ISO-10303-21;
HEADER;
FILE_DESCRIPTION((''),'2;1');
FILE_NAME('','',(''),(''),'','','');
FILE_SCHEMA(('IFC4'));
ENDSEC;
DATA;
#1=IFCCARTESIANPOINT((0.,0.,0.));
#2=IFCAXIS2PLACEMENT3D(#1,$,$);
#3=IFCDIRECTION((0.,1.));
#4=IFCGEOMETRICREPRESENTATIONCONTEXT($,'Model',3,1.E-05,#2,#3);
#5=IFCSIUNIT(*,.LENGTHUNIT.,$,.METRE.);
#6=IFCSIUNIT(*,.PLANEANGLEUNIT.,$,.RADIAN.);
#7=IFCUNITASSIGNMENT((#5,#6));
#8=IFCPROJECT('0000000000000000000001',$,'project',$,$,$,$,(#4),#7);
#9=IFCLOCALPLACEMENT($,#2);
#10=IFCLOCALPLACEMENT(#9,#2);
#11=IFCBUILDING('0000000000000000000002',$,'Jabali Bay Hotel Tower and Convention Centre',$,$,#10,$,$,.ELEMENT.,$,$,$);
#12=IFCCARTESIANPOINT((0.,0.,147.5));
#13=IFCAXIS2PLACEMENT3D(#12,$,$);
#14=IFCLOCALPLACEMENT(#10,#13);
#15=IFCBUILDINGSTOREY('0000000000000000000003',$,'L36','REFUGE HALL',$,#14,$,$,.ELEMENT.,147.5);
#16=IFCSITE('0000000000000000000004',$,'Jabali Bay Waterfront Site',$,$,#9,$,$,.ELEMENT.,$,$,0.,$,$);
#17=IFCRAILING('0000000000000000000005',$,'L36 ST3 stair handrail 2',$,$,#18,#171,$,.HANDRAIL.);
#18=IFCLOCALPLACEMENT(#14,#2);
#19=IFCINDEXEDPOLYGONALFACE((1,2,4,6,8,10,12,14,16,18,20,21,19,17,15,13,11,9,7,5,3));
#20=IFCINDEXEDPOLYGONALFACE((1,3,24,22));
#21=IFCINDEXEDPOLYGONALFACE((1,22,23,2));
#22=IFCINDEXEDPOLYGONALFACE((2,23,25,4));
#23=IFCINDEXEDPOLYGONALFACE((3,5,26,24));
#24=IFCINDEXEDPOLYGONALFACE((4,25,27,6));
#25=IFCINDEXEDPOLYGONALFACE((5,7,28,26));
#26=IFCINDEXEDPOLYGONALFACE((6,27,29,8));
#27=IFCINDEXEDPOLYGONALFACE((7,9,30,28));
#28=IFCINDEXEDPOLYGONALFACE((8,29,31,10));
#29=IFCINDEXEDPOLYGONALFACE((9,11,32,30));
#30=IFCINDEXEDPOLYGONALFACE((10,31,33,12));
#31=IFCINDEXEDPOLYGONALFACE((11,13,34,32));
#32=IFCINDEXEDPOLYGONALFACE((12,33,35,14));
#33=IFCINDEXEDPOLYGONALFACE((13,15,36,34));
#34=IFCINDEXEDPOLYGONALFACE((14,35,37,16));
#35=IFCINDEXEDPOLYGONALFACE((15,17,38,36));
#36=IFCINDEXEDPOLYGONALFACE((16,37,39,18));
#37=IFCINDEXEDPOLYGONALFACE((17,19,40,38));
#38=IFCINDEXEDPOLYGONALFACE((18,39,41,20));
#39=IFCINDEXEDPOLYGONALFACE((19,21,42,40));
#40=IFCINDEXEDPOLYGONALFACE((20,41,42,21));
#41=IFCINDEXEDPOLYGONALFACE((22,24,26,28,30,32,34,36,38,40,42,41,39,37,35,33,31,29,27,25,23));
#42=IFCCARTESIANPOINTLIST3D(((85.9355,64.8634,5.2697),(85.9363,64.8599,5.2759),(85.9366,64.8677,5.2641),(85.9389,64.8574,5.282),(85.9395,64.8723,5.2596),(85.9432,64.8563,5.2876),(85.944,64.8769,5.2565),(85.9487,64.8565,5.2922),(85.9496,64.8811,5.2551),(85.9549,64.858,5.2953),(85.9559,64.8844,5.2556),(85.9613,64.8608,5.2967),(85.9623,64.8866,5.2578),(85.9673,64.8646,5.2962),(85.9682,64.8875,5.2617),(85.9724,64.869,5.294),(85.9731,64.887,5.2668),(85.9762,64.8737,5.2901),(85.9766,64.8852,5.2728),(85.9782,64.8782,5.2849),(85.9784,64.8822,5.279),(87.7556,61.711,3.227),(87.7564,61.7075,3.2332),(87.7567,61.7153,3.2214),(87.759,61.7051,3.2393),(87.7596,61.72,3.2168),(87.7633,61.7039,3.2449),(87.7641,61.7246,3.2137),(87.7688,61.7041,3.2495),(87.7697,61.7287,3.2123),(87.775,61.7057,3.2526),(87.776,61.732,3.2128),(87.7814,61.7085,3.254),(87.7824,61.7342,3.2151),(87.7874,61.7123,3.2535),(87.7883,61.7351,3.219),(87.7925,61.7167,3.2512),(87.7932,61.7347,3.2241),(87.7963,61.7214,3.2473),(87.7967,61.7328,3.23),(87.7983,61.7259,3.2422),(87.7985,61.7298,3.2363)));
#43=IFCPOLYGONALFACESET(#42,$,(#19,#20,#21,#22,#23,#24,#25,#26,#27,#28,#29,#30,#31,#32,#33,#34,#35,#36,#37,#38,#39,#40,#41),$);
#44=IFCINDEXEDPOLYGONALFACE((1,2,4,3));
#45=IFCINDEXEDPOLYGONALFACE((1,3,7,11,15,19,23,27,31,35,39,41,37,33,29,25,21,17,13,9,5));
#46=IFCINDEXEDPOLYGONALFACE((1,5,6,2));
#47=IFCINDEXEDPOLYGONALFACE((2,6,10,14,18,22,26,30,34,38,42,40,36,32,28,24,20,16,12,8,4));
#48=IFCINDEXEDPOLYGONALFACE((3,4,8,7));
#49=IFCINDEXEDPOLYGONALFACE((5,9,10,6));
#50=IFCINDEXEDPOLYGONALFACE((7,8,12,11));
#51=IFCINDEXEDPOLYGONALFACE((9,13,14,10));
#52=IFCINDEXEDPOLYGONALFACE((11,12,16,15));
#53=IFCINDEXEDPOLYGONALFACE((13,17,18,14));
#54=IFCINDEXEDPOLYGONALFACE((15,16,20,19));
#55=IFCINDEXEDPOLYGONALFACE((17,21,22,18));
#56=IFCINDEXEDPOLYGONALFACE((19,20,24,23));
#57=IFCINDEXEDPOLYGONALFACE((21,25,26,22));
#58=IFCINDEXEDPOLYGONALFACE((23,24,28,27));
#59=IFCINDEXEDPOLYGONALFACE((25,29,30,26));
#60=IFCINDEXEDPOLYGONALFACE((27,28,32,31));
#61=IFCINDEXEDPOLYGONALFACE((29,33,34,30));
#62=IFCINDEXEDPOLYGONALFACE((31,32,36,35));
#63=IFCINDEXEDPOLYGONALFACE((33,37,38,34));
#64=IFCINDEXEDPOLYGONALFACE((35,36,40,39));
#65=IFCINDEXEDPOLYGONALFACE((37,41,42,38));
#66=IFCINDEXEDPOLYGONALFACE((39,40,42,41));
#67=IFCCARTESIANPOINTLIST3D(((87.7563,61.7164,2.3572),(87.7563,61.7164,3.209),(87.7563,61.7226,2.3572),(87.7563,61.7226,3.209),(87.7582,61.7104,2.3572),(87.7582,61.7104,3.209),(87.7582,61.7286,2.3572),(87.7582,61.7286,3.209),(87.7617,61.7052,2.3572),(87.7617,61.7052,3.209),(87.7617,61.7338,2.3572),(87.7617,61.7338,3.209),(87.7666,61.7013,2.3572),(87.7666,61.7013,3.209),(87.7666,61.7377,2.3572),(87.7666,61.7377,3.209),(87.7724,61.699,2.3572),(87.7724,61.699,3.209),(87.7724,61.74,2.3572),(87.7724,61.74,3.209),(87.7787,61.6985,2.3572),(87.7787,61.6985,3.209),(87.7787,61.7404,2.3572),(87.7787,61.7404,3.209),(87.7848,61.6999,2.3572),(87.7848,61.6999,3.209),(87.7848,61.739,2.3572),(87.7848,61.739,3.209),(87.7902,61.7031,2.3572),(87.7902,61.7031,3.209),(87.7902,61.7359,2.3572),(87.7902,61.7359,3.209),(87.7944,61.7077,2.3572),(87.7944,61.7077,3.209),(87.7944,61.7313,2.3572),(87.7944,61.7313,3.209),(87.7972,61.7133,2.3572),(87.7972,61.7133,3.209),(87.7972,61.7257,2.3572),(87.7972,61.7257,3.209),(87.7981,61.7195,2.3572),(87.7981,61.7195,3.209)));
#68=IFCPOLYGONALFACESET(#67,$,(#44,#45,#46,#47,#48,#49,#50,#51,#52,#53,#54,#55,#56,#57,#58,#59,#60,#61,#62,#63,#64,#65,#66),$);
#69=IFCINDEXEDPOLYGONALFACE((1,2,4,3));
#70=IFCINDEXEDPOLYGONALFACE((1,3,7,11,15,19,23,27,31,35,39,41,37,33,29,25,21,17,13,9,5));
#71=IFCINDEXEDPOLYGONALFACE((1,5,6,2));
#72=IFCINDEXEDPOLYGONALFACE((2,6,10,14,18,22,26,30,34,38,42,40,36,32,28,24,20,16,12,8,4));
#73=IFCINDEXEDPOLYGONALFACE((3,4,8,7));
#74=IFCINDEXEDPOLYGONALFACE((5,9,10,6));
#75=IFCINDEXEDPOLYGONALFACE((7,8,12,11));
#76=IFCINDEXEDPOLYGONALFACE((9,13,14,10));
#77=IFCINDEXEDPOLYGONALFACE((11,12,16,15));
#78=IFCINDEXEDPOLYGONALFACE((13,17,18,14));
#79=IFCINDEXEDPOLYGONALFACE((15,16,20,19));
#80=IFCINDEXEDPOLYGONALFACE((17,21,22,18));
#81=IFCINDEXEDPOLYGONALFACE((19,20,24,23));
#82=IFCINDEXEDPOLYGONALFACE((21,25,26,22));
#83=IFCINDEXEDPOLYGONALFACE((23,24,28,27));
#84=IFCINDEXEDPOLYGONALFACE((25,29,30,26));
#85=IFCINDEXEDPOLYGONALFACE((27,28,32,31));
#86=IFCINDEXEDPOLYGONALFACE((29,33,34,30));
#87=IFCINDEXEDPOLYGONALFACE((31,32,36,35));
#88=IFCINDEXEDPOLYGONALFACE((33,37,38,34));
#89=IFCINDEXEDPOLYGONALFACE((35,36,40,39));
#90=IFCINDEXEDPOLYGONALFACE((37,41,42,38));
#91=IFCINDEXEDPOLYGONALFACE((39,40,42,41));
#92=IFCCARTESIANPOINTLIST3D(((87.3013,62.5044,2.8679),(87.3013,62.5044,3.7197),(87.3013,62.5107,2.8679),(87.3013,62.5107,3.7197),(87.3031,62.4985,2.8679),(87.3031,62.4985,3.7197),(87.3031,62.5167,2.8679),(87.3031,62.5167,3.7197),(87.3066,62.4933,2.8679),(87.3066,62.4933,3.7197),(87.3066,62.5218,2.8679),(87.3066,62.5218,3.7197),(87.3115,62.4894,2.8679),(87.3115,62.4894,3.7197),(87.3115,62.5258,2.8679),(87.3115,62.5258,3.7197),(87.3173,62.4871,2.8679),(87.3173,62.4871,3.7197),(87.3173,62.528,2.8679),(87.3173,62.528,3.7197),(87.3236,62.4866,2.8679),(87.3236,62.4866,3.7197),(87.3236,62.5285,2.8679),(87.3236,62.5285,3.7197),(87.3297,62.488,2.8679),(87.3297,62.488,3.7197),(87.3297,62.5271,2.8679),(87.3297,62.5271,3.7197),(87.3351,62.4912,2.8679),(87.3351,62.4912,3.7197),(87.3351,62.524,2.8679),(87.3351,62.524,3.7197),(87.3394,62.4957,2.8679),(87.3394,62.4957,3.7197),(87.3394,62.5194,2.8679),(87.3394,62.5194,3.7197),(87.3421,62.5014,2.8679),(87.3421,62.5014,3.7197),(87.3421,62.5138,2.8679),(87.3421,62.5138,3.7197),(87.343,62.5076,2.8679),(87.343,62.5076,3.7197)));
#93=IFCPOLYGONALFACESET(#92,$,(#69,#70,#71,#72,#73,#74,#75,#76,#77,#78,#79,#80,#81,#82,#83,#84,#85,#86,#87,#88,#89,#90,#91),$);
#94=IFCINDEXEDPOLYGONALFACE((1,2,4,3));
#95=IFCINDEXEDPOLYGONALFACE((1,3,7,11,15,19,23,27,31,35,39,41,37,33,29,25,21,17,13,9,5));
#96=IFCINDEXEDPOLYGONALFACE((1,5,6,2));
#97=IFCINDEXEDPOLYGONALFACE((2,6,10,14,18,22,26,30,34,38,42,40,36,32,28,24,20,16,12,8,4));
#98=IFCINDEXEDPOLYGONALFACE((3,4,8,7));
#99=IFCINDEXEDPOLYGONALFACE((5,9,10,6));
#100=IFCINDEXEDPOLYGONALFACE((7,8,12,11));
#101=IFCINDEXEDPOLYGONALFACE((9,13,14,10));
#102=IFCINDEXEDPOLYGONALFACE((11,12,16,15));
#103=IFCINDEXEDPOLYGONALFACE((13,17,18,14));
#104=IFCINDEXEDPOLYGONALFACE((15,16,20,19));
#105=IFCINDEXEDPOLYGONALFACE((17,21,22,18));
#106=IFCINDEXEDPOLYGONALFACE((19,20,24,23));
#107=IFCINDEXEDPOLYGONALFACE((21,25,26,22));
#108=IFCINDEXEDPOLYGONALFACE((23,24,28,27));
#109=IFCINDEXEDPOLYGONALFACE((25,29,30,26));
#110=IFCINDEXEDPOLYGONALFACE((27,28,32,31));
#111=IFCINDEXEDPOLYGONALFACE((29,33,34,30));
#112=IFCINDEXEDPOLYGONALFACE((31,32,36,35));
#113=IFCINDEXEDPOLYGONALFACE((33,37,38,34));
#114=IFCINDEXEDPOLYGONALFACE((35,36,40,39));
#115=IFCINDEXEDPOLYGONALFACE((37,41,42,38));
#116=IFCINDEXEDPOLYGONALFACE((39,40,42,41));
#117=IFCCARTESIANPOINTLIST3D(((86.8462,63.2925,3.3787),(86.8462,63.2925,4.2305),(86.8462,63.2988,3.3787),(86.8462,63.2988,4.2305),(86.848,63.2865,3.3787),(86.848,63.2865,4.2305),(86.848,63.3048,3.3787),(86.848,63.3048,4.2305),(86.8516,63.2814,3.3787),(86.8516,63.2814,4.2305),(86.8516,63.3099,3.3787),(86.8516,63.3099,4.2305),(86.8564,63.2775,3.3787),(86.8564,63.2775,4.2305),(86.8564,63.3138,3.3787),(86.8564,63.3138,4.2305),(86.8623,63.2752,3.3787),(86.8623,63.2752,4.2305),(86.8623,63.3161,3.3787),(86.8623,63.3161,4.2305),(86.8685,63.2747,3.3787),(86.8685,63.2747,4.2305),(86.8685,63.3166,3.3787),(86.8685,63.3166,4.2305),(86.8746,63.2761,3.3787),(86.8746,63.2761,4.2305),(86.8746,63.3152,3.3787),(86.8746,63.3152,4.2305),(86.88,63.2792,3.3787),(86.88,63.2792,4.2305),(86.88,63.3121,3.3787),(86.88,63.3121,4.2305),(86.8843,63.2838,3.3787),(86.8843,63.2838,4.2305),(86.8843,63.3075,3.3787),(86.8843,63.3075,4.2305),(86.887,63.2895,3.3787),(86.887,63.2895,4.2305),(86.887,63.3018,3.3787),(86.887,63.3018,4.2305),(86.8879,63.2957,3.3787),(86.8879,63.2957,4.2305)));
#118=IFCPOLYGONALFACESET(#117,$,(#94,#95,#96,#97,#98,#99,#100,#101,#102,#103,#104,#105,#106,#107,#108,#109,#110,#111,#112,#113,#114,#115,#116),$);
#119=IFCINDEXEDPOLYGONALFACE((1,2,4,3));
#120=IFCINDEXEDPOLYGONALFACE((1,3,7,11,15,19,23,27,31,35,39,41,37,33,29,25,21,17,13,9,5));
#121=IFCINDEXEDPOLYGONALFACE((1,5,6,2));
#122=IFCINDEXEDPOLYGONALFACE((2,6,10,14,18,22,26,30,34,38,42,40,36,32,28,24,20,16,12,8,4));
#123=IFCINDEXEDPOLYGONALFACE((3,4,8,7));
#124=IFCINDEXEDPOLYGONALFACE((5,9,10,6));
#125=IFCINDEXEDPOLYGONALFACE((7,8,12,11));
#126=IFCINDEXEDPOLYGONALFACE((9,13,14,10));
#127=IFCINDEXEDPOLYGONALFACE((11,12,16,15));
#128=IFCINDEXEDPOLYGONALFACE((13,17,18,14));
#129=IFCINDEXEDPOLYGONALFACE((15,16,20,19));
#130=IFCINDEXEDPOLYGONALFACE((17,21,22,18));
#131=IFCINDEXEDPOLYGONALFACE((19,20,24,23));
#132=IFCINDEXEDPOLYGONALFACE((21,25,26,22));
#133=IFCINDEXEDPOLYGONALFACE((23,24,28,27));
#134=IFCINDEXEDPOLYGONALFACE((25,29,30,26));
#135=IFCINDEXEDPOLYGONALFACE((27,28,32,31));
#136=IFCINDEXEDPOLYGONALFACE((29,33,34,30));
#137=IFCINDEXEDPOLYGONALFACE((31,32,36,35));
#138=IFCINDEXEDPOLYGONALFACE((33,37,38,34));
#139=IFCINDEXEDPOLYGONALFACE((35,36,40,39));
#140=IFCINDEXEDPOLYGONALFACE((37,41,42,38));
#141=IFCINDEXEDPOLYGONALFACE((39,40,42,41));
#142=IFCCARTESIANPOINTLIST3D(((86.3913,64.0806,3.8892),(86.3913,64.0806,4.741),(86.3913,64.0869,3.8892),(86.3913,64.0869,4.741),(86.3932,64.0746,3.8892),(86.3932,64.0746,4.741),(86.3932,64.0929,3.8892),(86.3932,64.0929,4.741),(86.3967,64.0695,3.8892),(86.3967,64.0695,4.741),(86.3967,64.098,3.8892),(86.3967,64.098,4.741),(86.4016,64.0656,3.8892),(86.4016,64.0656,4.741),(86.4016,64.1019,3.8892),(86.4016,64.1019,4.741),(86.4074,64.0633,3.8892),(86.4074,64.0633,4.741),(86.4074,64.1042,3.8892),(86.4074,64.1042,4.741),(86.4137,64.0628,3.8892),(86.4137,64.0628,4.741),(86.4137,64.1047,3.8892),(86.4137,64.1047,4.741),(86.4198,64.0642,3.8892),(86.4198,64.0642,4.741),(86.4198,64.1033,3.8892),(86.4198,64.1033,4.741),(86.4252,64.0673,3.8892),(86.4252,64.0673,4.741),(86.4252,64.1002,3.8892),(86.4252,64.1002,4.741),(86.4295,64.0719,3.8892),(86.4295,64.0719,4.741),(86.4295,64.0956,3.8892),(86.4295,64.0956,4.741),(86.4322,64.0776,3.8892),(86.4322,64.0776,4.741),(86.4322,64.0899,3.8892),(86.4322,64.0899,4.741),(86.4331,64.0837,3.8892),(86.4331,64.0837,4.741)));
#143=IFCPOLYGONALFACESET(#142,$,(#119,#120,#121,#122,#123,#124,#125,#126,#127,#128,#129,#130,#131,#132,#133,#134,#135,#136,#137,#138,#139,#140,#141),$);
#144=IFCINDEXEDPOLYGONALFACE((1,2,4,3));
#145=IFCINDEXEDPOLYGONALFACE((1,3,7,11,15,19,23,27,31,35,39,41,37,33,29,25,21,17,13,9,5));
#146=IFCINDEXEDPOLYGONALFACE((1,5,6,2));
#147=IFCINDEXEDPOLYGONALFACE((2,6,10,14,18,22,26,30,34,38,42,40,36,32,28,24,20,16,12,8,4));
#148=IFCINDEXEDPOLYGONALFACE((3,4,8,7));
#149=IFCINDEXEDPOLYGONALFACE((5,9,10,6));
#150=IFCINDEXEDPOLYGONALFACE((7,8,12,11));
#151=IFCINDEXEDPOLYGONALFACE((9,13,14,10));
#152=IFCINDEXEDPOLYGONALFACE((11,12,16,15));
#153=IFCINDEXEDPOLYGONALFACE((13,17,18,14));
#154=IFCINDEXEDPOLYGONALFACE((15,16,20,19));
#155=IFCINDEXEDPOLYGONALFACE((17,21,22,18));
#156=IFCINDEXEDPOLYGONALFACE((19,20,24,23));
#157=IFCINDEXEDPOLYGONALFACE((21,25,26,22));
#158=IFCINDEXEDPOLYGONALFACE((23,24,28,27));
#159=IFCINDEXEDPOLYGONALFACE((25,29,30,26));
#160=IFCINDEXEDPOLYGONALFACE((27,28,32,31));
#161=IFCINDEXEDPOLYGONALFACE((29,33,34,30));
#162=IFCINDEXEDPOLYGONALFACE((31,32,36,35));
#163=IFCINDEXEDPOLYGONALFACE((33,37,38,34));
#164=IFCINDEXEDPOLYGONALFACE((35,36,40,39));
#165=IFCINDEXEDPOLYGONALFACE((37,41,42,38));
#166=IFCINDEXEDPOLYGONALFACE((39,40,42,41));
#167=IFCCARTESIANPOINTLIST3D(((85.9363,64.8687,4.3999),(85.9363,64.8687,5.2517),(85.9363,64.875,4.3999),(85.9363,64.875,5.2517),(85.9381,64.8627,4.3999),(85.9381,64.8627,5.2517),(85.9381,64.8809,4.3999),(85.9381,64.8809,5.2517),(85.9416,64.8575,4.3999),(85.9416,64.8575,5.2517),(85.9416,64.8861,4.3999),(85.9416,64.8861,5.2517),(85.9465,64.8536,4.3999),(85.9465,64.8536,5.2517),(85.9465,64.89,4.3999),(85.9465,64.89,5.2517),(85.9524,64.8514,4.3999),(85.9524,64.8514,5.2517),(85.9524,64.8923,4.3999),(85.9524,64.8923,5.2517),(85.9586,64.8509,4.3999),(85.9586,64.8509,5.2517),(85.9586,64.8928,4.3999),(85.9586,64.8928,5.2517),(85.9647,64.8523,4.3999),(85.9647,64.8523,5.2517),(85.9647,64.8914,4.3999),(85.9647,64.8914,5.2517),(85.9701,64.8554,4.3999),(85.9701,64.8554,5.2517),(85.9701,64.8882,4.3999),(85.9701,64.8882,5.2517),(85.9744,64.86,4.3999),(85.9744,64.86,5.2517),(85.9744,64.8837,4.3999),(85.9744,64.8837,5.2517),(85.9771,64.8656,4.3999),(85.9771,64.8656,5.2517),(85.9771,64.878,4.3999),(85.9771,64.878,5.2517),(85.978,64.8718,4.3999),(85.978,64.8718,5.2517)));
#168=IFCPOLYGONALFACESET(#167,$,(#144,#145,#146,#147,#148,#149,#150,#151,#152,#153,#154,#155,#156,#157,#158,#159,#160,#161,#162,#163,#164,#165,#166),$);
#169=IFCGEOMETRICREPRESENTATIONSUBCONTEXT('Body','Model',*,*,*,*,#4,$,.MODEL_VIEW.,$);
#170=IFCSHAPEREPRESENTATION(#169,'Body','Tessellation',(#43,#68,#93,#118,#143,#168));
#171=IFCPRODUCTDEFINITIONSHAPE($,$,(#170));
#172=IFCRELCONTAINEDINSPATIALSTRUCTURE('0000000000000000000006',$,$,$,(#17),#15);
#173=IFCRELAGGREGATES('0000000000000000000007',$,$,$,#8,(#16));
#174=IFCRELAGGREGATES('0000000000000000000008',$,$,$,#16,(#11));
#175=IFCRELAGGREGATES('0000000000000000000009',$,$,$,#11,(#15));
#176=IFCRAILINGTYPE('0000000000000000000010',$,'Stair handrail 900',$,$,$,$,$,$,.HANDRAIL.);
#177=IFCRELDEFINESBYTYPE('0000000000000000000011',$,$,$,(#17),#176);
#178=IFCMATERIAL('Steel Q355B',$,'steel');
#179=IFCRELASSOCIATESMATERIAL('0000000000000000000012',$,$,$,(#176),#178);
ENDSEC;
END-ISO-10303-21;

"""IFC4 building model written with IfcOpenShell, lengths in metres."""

from ifc_helpers import new_model, si_unit, direction, frame, origin, origin_2d, place, context, subcontext, project, spatial, circle, extrude, material, type_object, element, save


model = new_model("IFC4")

# Units and contexts
model_context = context("Model", 3, precision=1e-05, world=origin(), true_north=direction((0.0, 1.0)))
body_context = subcontext(model_context, "Body", "Model", "MODEL_VIEW")
ifc_project = project(units=[si_unit("LENGTHUNIT", "METRE"), si_unit("PLANEANGLEUNIT", "RADIAN")], contexts=[model_context])

# Site, building, storey
site_placement = place(None, origin())
site = spatial("IfcSite", under=ifc_project, at=site_placement, Name="Jabali Bay Waterfront Site", CompositionType="ELEMENT", RefElevation=0.0)
building_placement = place(site_placement, origin())
building = spatial("IfcBuilding", under=site, at=building_placement, Name="Jabali Bay Hotel Tower and Convention Centre", CompositionType="ELEMENT")
storey_placement = place(building_placement, frame((0.0, 0.0, 147.5)))
storey = spatial("IfcBuildingStorey", under=building, at=storey_placement, Name="L36", Description="REFUGE HALL", CompositionType="ELEMENT", Elevation=147.5)

# Railing
ifc_material_1 = material(Name="Steel Q355B", Category="steel")
railing_type_1 = type_object("IfcRailingType", Name="Stair handrail 900", PredefinedType="HANDRAIL", material=ifc_material_1)
railing_1_placement = place(storey_placement, frame((87.7771, 61.7195, 2.3572)))
element("IfcRailing", 1, at=railing_1_placement, inside=storey, type_object=railing_type_1, Name="L36 ST3 stair handrail 2", PredefinedType="HANDRAIL", context=body_context, shape_type="SweptSolid", body=[
    extrude(circle(Radius=0.0239, at=origin_2d()), frame((0.0, 0.0, 0.876), z_axis=(-0.436044, 0.755225, 0.489387), x_axis=(-0.866018, -0.500013, 0.0)), (0.0, 0.0, 1.0), 4.1741),
    extrude(circle(Radius=0.021, at=origin_2d()), origin(), (0.0, 0.0, 1.0), 0.8518),
    extrude(circle(Radius=0.021, at=origin_2d()), frame((-0.4551, 0.7881, 0.5107)), (0.0, 0.0, 1.0), 0.8518),
    extrude(circle(Radius=0.021, at=origin_2d()), frame((-0.9102, 1.5762, 1.0215)), (0.0, 0.0, 1.0), 0.8518),
    extrude(circle(Radius=0.021, at=origin_2d()), frame((-1.365, 2.3643, 1.532)), (0.0, 0.0, 1.0), 0.8518),
    extrude(circle(Radius=0.021, at=origin_2d()), frame((-1.8201, 3.1523, 2.0427)), (0.0, 0.0, 1.0), 0.8518),
])

save(model, "model.ifc")
